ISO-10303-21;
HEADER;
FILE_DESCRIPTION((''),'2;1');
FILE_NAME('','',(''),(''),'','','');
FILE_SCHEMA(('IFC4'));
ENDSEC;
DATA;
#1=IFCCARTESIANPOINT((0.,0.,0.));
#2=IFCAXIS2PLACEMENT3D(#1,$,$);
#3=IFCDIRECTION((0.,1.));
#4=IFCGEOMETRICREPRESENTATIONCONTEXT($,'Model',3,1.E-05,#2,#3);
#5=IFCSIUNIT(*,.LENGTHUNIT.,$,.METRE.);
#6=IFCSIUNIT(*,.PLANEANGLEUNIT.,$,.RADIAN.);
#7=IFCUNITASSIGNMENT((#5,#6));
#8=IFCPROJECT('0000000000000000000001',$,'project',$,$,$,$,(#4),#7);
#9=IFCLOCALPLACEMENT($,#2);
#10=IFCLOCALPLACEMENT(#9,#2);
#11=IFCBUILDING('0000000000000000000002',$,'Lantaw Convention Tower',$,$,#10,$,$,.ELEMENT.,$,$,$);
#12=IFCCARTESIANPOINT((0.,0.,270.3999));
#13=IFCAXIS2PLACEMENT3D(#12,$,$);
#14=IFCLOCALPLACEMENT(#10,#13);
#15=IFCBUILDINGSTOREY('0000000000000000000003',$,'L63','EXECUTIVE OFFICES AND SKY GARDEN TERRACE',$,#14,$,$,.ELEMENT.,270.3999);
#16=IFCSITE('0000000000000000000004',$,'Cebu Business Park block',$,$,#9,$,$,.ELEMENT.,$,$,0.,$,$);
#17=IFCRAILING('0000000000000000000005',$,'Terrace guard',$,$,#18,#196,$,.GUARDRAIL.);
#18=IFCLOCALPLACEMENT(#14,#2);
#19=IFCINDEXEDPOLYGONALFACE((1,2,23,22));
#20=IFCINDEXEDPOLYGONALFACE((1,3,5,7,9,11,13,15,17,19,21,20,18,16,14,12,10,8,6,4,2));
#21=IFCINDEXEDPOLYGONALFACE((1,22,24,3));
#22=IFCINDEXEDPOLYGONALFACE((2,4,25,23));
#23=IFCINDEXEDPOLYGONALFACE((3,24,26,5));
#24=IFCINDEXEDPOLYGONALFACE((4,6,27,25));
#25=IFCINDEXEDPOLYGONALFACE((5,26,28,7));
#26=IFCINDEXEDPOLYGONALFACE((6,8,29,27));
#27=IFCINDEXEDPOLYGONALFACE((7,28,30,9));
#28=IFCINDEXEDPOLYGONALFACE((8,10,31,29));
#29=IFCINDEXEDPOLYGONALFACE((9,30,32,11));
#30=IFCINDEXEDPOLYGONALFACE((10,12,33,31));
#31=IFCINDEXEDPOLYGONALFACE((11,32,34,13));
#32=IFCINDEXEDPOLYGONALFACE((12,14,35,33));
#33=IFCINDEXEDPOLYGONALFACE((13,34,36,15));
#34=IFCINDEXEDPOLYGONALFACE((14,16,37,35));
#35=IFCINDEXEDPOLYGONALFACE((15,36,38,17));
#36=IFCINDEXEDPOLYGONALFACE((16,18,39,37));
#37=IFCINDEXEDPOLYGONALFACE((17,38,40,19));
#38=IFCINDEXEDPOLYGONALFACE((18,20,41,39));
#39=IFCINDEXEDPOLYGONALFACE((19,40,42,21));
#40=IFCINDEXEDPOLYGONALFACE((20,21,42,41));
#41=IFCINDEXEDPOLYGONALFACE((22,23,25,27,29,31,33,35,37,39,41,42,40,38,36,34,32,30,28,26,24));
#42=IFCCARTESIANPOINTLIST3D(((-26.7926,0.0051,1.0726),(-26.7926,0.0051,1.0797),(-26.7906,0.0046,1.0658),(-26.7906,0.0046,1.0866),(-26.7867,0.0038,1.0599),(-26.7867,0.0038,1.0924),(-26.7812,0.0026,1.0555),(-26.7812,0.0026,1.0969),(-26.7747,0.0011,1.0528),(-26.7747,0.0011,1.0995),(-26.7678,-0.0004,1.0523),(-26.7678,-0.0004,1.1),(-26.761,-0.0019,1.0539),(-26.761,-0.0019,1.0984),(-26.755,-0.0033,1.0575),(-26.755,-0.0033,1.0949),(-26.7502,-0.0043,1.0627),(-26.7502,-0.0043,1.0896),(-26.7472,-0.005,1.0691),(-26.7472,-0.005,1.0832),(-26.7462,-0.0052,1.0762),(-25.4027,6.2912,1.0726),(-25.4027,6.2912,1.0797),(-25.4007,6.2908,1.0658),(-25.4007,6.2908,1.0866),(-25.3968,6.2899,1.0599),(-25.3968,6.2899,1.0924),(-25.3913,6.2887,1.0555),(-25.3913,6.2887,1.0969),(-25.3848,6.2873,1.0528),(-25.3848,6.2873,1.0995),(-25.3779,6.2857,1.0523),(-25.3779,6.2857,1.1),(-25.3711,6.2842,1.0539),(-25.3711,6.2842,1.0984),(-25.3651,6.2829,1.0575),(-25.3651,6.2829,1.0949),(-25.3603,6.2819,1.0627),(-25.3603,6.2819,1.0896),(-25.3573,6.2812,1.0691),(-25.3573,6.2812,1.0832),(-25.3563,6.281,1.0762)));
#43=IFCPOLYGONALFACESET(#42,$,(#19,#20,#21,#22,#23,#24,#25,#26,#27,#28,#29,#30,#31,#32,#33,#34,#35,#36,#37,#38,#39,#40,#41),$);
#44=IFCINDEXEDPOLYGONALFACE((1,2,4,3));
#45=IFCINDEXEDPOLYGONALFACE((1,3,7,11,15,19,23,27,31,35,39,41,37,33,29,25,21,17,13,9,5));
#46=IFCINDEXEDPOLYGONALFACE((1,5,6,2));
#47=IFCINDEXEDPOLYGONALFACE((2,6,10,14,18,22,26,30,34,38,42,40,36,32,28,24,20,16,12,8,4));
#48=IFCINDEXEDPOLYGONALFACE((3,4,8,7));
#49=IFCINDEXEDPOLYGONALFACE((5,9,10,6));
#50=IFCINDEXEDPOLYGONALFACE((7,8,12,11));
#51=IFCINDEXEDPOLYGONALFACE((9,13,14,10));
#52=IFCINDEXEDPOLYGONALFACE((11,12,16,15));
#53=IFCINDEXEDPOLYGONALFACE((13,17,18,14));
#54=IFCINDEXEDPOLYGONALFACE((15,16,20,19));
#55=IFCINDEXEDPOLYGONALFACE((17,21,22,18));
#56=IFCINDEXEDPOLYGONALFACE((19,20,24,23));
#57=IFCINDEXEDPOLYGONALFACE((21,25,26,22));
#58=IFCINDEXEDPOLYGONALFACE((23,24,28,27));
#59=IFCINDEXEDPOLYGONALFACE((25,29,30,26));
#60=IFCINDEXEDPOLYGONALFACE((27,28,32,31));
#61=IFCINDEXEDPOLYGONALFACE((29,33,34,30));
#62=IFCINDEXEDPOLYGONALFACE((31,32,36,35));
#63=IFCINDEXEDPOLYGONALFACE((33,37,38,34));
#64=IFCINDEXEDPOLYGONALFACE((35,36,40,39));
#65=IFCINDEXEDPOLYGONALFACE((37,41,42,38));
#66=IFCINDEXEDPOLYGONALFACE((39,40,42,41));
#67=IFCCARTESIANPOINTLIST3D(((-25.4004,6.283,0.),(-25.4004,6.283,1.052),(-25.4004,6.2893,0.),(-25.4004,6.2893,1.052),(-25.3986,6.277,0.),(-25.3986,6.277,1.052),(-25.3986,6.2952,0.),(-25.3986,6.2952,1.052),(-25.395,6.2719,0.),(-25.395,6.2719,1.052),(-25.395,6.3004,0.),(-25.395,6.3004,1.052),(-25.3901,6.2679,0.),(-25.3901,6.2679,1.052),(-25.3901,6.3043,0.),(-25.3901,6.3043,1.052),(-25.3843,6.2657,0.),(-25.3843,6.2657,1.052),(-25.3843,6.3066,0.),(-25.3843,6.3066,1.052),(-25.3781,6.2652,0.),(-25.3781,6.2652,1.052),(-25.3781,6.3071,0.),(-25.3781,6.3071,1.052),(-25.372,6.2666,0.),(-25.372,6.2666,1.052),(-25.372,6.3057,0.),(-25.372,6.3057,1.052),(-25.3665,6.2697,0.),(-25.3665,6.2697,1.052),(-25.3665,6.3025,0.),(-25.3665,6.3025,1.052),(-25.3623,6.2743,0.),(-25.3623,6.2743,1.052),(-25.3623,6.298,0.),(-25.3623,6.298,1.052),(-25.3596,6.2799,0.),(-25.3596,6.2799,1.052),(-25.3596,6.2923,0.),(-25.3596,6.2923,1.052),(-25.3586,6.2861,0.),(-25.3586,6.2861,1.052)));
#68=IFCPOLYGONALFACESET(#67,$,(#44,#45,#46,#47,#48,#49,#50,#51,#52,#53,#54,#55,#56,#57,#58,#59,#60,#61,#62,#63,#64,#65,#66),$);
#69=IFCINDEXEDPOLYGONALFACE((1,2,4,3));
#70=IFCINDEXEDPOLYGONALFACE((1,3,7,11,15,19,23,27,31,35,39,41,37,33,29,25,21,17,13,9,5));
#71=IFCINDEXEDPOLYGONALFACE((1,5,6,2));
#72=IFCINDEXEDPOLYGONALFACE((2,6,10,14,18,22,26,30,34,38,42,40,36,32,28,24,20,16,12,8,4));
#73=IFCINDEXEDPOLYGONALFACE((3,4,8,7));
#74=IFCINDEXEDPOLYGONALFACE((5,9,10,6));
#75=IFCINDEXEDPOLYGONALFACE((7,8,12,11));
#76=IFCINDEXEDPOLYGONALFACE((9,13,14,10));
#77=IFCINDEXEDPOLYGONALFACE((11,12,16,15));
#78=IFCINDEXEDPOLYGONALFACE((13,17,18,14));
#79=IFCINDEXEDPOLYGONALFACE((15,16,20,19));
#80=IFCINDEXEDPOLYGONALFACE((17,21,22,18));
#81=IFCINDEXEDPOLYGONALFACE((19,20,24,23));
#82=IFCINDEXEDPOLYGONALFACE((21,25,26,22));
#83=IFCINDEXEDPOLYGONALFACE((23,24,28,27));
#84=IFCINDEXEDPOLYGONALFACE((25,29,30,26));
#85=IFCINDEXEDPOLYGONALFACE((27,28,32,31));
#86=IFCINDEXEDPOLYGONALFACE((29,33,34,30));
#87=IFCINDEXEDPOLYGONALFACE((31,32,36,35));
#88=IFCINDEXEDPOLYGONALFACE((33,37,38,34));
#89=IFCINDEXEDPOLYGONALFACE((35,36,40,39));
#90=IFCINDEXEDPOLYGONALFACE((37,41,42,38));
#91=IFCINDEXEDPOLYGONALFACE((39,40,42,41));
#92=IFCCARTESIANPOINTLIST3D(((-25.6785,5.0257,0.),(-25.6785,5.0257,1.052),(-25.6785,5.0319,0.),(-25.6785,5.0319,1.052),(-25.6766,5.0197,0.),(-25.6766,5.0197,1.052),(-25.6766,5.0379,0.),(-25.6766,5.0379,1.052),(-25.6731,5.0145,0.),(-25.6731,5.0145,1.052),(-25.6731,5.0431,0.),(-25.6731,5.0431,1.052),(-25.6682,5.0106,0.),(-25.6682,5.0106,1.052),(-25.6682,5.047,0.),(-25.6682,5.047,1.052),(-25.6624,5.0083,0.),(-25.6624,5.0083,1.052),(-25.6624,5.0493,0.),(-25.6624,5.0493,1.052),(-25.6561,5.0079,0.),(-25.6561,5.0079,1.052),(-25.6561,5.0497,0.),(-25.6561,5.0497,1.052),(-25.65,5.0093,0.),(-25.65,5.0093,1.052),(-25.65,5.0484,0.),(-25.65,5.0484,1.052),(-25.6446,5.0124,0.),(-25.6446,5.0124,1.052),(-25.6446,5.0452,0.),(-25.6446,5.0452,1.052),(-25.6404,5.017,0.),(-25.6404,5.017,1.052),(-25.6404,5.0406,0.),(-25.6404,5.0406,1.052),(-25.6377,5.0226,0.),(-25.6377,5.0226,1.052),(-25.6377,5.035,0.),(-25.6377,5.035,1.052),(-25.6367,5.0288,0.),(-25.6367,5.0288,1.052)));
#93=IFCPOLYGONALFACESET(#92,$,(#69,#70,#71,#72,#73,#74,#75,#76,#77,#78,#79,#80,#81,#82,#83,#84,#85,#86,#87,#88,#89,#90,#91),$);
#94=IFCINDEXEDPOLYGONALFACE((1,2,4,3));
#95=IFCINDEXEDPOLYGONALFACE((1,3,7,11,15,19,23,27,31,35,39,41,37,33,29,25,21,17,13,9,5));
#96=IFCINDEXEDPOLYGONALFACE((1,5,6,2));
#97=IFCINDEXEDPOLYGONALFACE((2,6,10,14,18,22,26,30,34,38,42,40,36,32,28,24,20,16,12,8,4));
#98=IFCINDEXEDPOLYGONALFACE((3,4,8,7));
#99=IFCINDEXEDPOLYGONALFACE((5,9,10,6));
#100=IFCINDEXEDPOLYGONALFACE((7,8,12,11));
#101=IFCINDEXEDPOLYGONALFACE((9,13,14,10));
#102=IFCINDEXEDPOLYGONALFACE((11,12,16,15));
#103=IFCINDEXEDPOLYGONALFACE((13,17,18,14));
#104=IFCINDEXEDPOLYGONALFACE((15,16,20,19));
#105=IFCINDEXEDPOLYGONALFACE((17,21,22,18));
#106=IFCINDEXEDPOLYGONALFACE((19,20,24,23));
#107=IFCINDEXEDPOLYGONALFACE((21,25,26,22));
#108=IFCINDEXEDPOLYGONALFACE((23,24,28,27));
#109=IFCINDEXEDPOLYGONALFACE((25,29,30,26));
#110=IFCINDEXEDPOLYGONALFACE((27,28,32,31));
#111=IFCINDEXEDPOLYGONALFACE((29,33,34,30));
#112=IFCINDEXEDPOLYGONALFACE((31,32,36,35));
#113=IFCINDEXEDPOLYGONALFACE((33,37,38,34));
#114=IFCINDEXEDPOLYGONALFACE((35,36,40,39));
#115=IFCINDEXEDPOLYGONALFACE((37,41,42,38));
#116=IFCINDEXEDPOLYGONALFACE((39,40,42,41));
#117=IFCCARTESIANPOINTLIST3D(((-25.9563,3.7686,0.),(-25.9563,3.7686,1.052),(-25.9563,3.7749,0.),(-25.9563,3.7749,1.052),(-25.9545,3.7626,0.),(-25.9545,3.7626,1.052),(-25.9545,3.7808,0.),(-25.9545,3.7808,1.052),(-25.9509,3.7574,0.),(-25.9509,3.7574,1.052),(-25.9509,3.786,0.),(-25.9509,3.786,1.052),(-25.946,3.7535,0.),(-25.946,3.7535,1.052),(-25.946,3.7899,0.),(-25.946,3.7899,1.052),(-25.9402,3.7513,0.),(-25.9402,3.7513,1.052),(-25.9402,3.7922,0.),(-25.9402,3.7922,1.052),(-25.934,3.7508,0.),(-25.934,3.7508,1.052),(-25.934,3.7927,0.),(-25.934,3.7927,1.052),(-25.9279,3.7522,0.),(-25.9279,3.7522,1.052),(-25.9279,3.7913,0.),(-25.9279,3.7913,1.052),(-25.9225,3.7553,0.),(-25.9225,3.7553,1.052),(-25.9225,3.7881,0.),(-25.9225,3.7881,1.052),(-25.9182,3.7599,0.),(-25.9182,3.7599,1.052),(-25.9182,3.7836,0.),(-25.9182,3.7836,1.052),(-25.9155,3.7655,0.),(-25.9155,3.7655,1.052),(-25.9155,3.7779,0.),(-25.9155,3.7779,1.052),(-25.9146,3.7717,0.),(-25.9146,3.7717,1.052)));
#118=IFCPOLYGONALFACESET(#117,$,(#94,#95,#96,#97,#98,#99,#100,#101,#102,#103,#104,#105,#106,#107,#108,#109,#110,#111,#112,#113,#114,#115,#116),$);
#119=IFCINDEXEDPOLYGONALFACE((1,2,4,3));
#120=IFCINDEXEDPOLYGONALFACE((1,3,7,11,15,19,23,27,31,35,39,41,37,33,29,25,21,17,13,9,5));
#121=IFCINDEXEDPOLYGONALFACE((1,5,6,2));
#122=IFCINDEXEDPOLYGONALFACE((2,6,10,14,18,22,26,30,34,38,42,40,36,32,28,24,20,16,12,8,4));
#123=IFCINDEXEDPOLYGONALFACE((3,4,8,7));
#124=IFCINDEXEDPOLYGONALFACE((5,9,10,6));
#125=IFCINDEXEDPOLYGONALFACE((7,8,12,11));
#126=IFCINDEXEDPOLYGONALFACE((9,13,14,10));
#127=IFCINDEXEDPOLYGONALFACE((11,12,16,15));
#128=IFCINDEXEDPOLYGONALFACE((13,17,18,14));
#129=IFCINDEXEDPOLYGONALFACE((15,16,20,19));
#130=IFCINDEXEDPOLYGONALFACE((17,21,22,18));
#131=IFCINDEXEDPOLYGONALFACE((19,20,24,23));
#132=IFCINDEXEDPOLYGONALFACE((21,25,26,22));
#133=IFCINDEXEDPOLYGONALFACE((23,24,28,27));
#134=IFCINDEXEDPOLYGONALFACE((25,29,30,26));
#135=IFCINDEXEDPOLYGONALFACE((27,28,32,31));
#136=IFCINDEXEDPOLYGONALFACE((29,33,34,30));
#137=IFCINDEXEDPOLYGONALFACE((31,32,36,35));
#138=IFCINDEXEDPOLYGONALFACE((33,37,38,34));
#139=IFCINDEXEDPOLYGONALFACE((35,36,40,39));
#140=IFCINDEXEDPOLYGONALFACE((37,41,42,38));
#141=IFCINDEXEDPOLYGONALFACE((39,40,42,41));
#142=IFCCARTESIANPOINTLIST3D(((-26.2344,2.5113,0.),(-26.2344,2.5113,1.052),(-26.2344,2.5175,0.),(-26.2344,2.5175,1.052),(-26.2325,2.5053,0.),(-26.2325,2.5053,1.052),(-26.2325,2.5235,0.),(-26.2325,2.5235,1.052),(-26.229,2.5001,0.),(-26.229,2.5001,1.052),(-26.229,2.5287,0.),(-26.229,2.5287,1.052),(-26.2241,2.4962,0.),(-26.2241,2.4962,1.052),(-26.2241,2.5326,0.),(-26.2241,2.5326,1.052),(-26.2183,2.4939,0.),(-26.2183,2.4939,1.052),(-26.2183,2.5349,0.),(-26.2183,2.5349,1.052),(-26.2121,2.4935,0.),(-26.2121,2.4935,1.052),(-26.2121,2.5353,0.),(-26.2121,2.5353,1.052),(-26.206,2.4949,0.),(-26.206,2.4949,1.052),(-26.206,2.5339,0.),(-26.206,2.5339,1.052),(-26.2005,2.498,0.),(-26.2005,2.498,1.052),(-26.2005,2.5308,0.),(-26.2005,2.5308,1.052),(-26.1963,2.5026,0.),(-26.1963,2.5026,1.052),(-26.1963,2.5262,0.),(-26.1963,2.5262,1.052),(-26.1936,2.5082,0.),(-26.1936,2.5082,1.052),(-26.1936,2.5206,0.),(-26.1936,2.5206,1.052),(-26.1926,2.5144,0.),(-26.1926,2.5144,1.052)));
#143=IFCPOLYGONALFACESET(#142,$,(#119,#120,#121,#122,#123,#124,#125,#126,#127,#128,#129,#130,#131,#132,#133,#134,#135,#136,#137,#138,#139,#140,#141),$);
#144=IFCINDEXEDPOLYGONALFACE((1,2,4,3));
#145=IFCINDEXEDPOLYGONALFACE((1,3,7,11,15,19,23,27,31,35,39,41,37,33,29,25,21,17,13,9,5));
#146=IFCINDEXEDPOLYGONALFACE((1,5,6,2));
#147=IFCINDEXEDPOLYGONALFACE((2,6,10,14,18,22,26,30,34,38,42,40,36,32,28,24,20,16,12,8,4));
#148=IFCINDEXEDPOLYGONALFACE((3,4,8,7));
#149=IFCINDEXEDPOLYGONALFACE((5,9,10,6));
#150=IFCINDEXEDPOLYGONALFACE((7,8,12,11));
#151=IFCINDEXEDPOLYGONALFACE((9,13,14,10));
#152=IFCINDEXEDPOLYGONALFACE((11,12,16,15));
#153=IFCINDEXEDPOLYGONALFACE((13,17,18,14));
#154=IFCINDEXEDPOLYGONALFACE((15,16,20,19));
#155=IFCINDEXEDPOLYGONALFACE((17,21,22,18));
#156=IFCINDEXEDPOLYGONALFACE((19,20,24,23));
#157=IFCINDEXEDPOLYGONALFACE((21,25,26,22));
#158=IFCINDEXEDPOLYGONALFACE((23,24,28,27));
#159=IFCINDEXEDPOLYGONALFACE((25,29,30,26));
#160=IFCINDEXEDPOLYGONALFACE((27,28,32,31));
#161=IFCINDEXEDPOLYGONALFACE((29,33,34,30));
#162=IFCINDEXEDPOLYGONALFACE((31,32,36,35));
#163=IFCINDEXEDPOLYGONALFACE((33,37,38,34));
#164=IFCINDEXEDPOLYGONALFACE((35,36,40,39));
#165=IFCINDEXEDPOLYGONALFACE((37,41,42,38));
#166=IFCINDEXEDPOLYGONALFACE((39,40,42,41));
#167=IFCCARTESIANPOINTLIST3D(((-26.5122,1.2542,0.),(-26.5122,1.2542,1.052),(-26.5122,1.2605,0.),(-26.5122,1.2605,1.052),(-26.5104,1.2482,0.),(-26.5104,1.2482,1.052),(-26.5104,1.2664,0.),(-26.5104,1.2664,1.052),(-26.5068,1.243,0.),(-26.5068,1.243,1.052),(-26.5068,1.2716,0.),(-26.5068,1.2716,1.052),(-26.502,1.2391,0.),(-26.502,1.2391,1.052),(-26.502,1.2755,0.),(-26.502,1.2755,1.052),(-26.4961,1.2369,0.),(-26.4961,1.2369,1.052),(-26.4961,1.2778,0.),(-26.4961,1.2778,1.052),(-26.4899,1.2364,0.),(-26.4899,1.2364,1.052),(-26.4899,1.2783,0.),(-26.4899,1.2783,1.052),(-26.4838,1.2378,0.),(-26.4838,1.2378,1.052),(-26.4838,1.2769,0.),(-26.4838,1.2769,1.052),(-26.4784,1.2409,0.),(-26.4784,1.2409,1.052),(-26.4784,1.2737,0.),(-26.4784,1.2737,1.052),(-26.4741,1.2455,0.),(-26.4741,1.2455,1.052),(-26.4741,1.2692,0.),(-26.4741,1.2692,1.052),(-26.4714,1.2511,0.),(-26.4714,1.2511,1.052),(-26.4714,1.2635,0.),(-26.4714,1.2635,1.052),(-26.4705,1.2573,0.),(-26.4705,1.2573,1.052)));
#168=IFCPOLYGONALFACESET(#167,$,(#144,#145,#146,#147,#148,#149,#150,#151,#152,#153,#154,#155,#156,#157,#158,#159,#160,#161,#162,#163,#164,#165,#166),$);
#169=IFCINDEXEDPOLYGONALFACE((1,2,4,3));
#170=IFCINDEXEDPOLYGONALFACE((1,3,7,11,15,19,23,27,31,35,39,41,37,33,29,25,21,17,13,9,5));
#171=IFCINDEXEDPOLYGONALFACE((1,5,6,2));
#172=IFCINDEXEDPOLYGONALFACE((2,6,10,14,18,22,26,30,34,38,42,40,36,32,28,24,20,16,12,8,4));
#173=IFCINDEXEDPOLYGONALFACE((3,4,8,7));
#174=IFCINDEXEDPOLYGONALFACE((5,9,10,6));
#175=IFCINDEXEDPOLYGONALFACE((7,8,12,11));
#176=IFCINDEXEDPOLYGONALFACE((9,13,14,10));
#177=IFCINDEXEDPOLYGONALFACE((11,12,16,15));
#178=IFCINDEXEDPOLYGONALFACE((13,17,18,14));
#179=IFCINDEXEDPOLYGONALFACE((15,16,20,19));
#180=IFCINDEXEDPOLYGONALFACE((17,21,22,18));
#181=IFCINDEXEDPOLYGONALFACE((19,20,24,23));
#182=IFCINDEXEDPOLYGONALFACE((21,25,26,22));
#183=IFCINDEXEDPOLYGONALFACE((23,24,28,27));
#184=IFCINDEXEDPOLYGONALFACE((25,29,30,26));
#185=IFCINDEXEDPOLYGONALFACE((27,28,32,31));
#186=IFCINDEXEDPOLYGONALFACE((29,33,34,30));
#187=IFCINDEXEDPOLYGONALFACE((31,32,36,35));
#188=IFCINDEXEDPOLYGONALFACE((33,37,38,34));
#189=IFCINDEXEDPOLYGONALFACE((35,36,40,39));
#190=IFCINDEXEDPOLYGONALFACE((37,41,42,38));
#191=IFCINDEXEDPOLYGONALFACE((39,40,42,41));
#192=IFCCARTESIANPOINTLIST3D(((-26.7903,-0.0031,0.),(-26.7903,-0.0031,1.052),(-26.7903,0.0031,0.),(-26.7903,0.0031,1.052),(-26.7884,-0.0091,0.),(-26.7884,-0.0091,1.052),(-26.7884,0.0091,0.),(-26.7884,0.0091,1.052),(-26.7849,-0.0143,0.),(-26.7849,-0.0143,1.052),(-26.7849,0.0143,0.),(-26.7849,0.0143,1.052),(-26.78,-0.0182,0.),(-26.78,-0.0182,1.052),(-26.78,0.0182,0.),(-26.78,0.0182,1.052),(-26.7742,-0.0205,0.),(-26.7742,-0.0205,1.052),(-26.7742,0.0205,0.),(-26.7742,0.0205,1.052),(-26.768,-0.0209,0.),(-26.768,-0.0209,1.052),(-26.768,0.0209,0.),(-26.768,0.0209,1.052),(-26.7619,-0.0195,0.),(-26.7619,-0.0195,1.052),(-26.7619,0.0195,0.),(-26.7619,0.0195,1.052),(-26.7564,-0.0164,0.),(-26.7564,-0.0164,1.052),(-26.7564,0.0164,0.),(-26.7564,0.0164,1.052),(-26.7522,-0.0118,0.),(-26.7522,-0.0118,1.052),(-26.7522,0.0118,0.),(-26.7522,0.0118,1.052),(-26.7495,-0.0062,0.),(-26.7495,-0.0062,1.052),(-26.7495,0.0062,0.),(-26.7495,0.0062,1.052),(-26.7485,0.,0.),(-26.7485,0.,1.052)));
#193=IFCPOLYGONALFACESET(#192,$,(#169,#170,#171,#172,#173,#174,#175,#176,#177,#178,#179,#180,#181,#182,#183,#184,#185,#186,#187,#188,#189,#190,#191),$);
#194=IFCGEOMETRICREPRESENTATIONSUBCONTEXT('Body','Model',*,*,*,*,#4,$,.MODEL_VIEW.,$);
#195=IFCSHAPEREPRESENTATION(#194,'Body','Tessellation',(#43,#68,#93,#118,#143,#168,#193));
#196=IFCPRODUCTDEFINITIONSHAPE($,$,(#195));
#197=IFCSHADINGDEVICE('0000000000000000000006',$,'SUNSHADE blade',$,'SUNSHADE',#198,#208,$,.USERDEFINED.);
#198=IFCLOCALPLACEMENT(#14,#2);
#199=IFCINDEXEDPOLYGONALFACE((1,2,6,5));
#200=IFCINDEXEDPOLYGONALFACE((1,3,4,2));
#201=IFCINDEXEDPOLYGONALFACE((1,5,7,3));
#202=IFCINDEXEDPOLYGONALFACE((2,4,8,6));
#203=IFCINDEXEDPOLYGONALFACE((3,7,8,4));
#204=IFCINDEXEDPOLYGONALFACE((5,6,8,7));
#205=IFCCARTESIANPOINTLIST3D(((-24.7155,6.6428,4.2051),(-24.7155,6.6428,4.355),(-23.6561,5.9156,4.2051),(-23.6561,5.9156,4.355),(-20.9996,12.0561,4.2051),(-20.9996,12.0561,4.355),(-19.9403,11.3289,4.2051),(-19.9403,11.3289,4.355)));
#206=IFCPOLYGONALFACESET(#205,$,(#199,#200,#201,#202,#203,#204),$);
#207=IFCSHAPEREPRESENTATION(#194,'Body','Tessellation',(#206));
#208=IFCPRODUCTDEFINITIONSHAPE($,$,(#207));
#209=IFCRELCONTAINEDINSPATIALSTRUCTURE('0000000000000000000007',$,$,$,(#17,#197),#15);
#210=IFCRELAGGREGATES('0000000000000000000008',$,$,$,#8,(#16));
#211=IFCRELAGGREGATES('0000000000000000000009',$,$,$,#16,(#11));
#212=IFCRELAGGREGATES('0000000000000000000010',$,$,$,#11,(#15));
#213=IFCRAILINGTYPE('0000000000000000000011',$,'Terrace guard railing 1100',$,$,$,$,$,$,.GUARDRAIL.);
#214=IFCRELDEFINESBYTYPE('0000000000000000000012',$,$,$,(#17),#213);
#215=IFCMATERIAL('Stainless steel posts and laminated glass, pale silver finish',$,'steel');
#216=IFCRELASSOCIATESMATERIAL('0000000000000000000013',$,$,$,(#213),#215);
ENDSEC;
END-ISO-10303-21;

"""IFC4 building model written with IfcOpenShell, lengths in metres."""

from ifc_helpers import new_model, si_unit, direction, frame, origin, origin_2d, place, context, subcontext, project, spatial, rectangle, circle, extrude, material, type_object, element, save


model = new_model("IFC4")

# Units and contexts
model_context = context("Model", 3, precision=1e-05, world=origin(), true_north=direction((0.0, 1.0)))
body_context = subcontext(model_context, "Body", "Model", "MODEL_VIEW")
ifc_project = project(units=[si_unit("LENGTHUNIT", "METRE"), si_unit("PLANEANGLEUNIT", "RADIAN")], contexts=[model_context])

# Site, building, storey
site_placement = place(None, origin())
site = spatial("IfcSite", under=ifc_project, at=site_placement, Name="Cebu Business Park block", CompositionType="ELEMENT", RefElevation=0.0)
building_placement = place(site_placement, origin())
building = spatial("IfcBuilding", under=site, at=building_placement, Name="Lantaw Convention Tower", CompositionType="ELEMENT")
storey_placement = place(building_placement, frame((0.0, 0.0, 270.3999)))
storey = spatial("IfcBuildingStorey", under=building, at=storey_placement, Name="L63", Description="EXECUTIVE OFFICES AND SKY GARDEN TERRACE", CompositionType="ELEMENT", Elevation=270.3999)

# Railing
ifc_material_1 = material(Name="Stainless steel posts and laminated glass, pale silver finish", Category="steel")
railing_type = type_object("IfcRailingType", Name="Terrace guard railing 1100", PredefinedType="GUARDRAIL", material=ifc_material_1)
railing_placement = place(storey_placement, frame((-25.3796, 6.2861, 0.0)))
element("IfcRailing", 1, at=railing_placement, inside=storey, type_object=railing_type, Name="Terrace guard", PredefinedType="GUARDRAIL", context=body_context, shape_type="SweptSolid", body=[
    extrude(circle(Radius=0.0239, at=origin_2d()), frame((0.0, 0.0, 1.0762), z_axis=(-0.21589, -0.976418, 0.0), x_axis=(0.976418, -0.21589, 0.0)), (0.0, 0.0, 1.0), 6.438),
    extrude(circle(Radius=0.021, at=origin_2d()), origin(), (0.0, 0.0, 1.0), 1.052),
    extrude(circle(Radius=0.021, at=origin_2d()), frame((-0.2781, -1.2573, 0.0)), (0.0, 0.0, 1.0), 1.052),
    extrude(circle(Radius=0.021, at=origin_2d()), frame((-0.5559, -2.5144, 0.0)), (0.0, 0.0, 1.0), 1.052),
    extrude(circle(Radius=0.021, at=origin_2d()), frame((-0.834, -3.7717, 0.0)), (0.0, 0.0, 1.0), 1.052),
    extrude(circle(Radius=0.021, at=origin_2d()), frame((-1.1118, -5.0288, 0.0)), (0.0, 0.0, 1.0), 1.052),
    extrude(circle(Radius=0.021, at=origin_2d()), frame((-1.3899, -6.2861, 0.0)), (0.0, 0.0, 1.0), 1.052),
])

# Shading device
shading_device_1_placement = place(storey_placement, frame((-22.3279, 8.9858, 4.2051), z_axis=(0.0, 0.0, 1.0), x_axis=(-0.565935, -0.82445, 0.0)))
element("IfcShadingDevice", 2, at=shading_device_1_placement, inside=storey, Name="SUNSHADE blade", ObjectType="SUNSHADE", PredefinedType="USERDEFINED", context=body_context, shape_type="SweptSolid", body=[
    extrude(rectangle(XDim=6.5659, YDim=1.2849, at=origin_2d()), origin(), (0.0, 0.0, 1.0), 0.1499),
])

save(model, "model.ifc")
